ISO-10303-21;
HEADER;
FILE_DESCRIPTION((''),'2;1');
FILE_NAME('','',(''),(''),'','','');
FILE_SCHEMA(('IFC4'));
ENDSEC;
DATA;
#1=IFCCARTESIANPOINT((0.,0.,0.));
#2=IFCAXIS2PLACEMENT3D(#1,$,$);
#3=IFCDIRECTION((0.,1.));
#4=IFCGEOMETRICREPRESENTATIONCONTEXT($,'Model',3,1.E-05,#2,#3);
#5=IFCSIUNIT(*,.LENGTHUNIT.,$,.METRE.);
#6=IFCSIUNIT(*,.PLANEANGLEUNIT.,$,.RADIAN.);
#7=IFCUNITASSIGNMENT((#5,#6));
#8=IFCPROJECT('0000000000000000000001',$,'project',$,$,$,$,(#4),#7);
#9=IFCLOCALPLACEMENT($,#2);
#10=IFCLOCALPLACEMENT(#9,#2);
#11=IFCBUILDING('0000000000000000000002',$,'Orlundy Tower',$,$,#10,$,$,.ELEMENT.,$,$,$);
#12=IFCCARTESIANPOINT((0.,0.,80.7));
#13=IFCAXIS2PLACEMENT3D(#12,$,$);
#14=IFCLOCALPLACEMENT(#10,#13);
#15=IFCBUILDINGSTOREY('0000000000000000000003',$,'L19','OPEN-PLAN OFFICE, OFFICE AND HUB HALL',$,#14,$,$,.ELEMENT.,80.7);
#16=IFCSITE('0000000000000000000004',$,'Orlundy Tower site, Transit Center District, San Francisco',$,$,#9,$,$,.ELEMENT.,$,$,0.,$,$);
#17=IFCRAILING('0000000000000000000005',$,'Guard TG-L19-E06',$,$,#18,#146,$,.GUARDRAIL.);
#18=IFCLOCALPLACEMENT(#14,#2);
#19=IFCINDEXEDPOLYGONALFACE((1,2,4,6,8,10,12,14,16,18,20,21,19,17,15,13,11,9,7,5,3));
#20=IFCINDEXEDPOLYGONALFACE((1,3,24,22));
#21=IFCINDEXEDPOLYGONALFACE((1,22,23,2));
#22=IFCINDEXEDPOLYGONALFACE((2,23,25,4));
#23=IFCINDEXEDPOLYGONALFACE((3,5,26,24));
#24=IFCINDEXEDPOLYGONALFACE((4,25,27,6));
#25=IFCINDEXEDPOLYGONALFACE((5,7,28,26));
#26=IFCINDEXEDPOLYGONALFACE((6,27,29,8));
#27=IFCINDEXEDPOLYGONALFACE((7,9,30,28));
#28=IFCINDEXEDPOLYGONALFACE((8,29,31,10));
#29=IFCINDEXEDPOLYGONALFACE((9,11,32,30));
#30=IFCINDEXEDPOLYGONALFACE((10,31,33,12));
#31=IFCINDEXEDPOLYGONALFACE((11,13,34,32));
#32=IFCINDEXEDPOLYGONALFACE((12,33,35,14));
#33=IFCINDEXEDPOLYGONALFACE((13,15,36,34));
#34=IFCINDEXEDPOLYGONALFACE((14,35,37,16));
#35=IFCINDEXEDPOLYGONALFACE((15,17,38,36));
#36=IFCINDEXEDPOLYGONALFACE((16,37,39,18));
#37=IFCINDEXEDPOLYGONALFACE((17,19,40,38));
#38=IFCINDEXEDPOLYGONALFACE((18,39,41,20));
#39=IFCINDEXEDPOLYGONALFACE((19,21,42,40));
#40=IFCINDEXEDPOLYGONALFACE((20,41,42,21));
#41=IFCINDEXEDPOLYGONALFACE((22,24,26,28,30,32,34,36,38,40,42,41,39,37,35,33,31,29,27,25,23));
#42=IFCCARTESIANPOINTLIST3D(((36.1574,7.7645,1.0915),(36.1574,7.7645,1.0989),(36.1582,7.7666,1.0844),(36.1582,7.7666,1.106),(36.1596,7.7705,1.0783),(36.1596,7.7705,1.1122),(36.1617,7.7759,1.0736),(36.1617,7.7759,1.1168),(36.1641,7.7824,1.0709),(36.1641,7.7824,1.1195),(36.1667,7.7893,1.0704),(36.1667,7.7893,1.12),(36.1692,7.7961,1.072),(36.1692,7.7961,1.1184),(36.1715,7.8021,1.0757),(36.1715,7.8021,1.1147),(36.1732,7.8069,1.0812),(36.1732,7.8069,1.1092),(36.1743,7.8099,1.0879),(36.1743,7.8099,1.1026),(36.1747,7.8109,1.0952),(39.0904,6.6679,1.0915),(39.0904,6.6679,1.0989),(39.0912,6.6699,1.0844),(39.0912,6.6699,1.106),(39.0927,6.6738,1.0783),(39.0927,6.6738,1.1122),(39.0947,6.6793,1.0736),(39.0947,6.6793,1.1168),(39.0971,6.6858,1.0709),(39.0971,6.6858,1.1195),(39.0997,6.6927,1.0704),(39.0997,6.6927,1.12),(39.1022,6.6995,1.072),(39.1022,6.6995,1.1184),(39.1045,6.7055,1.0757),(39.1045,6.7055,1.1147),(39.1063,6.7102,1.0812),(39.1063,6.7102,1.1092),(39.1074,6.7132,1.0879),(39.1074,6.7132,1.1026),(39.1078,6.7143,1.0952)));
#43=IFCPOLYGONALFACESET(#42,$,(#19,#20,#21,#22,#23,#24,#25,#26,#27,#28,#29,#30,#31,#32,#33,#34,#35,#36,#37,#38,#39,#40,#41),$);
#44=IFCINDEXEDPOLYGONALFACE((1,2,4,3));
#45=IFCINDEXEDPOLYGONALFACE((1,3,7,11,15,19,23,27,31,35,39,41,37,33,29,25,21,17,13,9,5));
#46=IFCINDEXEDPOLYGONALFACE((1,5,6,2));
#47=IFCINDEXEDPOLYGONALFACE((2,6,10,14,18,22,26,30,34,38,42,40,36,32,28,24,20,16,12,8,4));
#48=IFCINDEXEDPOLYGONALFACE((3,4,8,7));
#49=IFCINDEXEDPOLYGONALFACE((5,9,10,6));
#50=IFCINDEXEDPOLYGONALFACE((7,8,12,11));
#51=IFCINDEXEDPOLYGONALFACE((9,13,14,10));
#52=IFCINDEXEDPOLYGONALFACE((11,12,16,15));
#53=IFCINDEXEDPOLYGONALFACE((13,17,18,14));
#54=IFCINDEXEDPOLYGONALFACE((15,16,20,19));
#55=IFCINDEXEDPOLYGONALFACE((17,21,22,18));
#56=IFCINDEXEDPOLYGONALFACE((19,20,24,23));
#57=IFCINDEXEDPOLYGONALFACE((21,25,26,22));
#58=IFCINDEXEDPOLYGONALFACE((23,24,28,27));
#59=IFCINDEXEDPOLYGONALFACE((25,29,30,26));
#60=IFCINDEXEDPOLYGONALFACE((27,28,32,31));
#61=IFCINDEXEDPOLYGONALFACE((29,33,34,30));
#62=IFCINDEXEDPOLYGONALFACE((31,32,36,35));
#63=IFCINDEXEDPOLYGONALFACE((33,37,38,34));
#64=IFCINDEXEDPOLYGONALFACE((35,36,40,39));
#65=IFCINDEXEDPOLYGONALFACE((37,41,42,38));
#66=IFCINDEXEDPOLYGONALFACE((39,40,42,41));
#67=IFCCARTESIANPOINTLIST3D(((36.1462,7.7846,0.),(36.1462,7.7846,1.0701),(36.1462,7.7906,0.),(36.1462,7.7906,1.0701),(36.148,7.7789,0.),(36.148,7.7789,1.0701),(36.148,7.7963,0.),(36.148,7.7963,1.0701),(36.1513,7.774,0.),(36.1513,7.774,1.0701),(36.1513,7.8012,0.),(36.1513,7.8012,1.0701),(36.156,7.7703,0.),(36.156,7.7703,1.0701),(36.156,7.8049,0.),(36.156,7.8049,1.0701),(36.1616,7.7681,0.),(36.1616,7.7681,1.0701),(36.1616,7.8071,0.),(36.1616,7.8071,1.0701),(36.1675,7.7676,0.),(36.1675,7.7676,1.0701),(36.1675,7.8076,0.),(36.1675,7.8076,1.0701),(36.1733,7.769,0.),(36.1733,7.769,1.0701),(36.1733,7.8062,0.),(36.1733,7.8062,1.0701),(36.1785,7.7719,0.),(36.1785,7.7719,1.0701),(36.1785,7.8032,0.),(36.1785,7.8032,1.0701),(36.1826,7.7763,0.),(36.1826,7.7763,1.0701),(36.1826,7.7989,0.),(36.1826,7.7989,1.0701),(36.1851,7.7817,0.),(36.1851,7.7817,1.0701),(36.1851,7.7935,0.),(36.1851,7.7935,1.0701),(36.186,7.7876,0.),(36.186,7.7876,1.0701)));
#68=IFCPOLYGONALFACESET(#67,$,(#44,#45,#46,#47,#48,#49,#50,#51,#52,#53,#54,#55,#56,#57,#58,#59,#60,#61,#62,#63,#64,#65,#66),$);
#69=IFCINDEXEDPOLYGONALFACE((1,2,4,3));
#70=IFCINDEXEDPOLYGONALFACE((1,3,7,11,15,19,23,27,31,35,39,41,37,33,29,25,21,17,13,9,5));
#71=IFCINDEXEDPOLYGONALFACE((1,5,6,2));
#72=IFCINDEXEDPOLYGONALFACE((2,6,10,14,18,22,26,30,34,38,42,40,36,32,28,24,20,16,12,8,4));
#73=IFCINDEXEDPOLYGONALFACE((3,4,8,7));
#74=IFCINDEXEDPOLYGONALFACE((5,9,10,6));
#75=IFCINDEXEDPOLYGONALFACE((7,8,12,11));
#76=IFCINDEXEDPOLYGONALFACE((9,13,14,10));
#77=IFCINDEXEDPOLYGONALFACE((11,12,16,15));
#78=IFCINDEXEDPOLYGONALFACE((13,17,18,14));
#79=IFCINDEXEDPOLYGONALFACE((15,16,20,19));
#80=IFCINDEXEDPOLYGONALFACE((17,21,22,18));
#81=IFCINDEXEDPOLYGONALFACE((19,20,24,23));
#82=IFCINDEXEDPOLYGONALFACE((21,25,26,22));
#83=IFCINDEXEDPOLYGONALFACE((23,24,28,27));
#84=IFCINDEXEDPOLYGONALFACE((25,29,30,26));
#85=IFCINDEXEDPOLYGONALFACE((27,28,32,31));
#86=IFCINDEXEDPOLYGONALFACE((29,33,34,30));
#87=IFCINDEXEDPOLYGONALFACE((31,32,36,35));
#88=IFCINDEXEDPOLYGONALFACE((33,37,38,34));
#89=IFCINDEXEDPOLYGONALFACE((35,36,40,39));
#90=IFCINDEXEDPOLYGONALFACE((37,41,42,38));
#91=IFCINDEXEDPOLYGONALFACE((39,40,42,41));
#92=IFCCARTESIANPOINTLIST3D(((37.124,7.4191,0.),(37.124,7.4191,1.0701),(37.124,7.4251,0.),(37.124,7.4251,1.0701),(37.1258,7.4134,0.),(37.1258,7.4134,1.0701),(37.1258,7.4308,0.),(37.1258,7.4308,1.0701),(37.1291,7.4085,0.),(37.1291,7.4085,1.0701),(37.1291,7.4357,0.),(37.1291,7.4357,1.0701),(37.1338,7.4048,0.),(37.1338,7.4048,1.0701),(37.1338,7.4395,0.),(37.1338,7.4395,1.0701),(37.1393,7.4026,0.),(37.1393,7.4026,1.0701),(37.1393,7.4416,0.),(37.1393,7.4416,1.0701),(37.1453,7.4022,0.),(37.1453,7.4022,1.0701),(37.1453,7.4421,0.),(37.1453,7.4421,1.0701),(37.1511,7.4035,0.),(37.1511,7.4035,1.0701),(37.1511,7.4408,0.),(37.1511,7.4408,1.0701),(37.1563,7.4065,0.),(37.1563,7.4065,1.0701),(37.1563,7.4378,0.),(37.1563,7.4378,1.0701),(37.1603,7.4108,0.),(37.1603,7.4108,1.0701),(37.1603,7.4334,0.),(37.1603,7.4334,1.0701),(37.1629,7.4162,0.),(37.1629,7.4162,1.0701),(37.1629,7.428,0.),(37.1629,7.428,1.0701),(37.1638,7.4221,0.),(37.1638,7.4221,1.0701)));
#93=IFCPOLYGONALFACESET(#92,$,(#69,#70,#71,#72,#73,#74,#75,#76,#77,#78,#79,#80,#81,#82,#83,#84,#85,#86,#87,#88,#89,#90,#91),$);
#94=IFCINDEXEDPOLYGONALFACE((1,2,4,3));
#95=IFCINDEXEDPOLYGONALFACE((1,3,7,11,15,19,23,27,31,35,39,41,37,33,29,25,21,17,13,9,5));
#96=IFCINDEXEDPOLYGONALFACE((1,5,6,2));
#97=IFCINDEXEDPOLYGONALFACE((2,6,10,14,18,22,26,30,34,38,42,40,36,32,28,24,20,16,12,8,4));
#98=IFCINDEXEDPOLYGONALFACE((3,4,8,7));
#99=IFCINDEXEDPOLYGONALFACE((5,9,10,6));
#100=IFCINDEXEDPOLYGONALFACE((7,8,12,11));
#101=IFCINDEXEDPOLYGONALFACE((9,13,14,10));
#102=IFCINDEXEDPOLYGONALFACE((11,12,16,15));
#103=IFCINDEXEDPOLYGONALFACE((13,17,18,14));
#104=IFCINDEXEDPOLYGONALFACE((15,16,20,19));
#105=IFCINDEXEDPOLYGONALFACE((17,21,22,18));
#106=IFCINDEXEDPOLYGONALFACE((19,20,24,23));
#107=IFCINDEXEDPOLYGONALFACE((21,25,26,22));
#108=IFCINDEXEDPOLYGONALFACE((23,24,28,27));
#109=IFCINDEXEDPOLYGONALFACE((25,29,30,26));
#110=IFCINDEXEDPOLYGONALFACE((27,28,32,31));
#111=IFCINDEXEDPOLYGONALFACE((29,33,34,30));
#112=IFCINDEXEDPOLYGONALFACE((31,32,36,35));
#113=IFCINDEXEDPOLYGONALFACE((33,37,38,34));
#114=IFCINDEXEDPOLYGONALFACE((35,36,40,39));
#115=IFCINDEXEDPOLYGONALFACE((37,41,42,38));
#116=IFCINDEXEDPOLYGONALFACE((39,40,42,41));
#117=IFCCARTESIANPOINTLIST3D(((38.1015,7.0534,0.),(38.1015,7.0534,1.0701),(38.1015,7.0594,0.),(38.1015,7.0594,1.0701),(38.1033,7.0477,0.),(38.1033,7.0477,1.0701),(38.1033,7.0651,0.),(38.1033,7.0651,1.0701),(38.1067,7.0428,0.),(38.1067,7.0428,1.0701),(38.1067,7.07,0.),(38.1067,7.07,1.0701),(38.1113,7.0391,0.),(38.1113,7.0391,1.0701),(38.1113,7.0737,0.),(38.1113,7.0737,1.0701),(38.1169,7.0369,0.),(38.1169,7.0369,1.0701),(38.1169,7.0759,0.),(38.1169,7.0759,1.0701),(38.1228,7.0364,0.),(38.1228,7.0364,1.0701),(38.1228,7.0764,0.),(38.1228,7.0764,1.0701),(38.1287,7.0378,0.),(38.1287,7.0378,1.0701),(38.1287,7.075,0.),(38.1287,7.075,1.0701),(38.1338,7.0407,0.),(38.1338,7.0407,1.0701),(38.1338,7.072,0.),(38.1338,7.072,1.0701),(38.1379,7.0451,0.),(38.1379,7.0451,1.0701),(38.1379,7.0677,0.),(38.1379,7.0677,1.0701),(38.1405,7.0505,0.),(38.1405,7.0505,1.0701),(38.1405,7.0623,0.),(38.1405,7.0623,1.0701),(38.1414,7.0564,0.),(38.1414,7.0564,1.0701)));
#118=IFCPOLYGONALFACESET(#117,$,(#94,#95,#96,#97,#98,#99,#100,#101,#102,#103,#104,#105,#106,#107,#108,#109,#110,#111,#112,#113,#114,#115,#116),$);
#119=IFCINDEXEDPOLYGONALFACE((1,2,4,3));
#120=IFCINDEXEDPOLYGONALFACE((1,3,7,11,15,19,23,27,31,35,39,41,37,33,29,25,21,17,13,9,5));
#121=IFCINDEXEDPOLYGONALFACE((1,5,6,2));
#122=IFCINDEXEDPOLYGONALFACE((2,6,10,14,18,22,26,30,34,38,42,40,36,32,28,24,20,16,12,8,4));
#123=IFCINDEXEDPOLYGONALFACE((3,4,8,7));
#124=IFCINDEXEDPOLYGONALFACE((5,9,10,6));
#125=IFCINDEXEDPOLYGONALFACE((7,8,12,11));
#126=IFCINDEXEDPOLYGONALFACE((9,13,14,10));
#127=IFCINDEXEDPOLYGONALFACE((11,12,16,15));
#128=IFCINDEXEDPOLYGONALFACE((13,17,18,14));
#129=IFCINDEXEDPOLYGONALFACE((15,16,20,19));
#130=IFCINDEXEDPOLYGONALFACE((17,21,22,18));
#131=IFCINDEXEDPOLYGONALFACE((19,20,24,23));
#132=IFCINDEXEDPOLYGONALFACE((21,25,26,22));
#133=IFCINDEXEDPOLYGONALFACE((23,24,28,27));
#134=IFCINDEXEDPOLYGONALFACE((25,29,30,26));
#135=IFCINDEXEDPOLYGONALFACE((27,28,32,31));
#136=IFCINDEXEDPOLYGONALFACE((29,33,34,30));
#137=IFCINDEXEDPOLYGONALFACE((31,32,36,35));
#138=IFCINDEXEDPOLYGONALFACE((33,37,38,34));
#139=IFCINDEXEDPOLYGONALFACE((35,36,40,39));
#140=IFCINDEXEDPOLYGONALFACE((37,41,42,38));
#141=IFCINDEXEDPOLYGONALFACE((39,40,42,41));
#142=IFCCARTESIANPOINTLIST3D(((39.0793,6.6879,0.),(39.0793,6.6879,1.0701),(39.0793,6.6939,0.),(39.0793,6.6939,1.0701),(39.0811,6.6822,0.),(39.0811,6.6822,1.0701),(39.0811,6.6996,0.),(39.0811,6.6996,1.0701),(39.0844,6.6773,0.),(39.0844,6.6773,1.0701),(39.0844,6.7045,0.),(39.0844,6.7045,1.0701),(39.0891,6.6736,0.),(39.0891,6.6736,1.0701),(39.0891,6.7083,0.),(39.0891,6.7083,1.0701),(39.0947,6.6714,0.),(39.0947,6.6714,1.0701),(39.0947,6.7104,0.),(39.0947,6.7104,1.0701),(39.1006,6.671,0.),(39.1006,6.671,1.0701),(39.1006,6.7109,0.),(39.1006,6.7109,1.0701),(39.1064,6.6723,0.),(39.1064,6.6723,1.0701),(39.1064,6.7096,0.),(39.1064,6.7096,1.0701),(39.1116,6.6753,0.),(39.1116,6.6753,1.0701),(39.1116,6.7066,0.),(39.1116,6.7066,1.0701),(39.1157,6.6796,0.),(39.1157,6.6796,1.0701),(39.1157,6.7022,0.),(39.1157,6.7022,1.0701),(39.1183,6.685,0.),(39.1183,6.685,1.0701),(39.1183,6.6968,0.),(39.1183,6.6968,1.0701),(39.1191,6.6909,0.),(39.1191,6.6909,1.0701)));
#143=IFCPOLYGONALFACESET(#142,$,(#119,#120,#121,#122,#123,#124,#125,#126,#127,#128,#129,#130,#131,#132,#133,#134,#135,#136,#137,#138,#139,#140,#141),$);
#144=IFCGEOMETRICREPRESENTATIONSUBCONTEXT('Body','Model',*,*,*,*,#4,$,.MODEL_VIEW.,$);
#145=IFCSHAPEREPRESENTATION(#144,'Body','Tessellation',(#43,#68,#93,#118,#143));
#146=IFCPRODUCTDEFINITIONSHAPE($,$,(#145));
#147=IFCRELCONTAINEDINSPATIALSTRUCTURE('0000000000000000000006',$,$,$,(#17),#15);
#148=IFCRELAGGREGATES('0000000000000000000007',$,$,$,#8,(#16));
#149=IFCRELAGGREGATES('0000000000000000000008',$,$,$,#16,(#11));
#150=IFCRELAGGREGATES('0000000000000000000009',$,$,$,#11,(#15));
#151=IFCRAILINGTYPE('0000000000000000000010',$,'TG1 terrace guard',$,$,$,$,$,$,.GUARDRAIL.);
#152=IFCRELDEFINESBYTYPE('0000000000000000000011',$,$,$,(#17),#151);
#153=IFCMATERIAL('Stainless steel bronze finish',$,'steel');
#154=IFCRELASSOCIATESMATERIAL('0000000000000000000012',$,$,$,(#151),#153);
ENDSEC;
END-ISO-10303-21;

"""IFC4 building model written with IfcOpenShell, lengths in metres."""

from ifc_helpers import new_model, si_unit, direction, frame, origin, origin_2d, place, context, subcontext, project, spatial, circle, extrude, material, type_object, element, save


model = new_model("IFC4")

# Units and contexts
model_context = context("Model", 3, precision=1e-05, world=origin(), true_north=direction((0.0, 1.0)))
body_context = subcontext(model_context, "Body", "Model", "MODEL_VIEW")
ifc_project = project(units=[si_unit("LENGTHUNIT", "METRE"), si_unit("PLANEANGLEUNIT", "RADIAN")], contexts=[model_context])

# Site, building, storey
site_placement = place(None, origin())
site = spatial("IfcSite", under=ifc_project, at=site_placement, Name="Orlundy Tower site, Transit Center District, San Francisco", CompositionType="ELEMENT", RefElevation=0.0)
building_placement = place(site_placement, origin())
building = spatial("IfcBuilding", under=site, at=building_placement, Name="Orlundy Tower", CompositionType="ELEMENT")
storey_placement = place(building_placement, frame((0.0, 0.0, 80.7)))
storey = spatial("IfcBuildingStorey", under=building, at=storey_placement, Name="L19", Description="OPEN-PLAN OFFICE, OFFICE AND HUB HALL", CompositionType="ELEMENT", Elevation=80.7)

# Railing
ifc_material_1 = material(Name="Stainless steel bronze finish", Category="steel")
railing_type = type_object("IfcRailingType", Name="TG1 terrace guard", PredefinedType="GUARDRAIL", material=ifc_material_1)
railing_1_placement = place(storey_placement, frame((36.166, 7.7876, 0.0)))
element("IfcRailing", 1, at=railing_1_placement, inside=storey, type_object=railing_type, Name="Guard TG-L19-E06", PredefinedType="GUARDRAIL", context=body_context, shape_type="SweptSolid", body=[
    extrude(circle(Radius=0.0249, at=origin_2d()), frame((0.0, 0.0, 1.0952), z_axis=(0.936668, -0.350218, 0.0), x_axis=(0.350218, 0.936668, 0.0)), (0.0, 0.0, 1.0), 3.1313),
    extrude(circle(Radius=0.02, at=origin_2d()), origin(), (0.0, 0.0, 1.0), 1.0701),
    extrude(circle(Radius=0.02, at=origin_2d()), frame((0.9778, -0.3655, 0.0)), (0.0, 0.0, 1.0), 1.0701),
    extrude(circle(Radius=0.02, at=origin_2d()), frame((1.9553, -0.7312, 0.0)), (0.0, 0.0, 1.0), 1.0701),
    extrude(circle(Radius=0.02, at=origin_2d()), frame((2.9331, -1.0967, 0.0)), (0.0, 0.0, 1.0), 1.0701),
])

save(model, "model.ifc")
